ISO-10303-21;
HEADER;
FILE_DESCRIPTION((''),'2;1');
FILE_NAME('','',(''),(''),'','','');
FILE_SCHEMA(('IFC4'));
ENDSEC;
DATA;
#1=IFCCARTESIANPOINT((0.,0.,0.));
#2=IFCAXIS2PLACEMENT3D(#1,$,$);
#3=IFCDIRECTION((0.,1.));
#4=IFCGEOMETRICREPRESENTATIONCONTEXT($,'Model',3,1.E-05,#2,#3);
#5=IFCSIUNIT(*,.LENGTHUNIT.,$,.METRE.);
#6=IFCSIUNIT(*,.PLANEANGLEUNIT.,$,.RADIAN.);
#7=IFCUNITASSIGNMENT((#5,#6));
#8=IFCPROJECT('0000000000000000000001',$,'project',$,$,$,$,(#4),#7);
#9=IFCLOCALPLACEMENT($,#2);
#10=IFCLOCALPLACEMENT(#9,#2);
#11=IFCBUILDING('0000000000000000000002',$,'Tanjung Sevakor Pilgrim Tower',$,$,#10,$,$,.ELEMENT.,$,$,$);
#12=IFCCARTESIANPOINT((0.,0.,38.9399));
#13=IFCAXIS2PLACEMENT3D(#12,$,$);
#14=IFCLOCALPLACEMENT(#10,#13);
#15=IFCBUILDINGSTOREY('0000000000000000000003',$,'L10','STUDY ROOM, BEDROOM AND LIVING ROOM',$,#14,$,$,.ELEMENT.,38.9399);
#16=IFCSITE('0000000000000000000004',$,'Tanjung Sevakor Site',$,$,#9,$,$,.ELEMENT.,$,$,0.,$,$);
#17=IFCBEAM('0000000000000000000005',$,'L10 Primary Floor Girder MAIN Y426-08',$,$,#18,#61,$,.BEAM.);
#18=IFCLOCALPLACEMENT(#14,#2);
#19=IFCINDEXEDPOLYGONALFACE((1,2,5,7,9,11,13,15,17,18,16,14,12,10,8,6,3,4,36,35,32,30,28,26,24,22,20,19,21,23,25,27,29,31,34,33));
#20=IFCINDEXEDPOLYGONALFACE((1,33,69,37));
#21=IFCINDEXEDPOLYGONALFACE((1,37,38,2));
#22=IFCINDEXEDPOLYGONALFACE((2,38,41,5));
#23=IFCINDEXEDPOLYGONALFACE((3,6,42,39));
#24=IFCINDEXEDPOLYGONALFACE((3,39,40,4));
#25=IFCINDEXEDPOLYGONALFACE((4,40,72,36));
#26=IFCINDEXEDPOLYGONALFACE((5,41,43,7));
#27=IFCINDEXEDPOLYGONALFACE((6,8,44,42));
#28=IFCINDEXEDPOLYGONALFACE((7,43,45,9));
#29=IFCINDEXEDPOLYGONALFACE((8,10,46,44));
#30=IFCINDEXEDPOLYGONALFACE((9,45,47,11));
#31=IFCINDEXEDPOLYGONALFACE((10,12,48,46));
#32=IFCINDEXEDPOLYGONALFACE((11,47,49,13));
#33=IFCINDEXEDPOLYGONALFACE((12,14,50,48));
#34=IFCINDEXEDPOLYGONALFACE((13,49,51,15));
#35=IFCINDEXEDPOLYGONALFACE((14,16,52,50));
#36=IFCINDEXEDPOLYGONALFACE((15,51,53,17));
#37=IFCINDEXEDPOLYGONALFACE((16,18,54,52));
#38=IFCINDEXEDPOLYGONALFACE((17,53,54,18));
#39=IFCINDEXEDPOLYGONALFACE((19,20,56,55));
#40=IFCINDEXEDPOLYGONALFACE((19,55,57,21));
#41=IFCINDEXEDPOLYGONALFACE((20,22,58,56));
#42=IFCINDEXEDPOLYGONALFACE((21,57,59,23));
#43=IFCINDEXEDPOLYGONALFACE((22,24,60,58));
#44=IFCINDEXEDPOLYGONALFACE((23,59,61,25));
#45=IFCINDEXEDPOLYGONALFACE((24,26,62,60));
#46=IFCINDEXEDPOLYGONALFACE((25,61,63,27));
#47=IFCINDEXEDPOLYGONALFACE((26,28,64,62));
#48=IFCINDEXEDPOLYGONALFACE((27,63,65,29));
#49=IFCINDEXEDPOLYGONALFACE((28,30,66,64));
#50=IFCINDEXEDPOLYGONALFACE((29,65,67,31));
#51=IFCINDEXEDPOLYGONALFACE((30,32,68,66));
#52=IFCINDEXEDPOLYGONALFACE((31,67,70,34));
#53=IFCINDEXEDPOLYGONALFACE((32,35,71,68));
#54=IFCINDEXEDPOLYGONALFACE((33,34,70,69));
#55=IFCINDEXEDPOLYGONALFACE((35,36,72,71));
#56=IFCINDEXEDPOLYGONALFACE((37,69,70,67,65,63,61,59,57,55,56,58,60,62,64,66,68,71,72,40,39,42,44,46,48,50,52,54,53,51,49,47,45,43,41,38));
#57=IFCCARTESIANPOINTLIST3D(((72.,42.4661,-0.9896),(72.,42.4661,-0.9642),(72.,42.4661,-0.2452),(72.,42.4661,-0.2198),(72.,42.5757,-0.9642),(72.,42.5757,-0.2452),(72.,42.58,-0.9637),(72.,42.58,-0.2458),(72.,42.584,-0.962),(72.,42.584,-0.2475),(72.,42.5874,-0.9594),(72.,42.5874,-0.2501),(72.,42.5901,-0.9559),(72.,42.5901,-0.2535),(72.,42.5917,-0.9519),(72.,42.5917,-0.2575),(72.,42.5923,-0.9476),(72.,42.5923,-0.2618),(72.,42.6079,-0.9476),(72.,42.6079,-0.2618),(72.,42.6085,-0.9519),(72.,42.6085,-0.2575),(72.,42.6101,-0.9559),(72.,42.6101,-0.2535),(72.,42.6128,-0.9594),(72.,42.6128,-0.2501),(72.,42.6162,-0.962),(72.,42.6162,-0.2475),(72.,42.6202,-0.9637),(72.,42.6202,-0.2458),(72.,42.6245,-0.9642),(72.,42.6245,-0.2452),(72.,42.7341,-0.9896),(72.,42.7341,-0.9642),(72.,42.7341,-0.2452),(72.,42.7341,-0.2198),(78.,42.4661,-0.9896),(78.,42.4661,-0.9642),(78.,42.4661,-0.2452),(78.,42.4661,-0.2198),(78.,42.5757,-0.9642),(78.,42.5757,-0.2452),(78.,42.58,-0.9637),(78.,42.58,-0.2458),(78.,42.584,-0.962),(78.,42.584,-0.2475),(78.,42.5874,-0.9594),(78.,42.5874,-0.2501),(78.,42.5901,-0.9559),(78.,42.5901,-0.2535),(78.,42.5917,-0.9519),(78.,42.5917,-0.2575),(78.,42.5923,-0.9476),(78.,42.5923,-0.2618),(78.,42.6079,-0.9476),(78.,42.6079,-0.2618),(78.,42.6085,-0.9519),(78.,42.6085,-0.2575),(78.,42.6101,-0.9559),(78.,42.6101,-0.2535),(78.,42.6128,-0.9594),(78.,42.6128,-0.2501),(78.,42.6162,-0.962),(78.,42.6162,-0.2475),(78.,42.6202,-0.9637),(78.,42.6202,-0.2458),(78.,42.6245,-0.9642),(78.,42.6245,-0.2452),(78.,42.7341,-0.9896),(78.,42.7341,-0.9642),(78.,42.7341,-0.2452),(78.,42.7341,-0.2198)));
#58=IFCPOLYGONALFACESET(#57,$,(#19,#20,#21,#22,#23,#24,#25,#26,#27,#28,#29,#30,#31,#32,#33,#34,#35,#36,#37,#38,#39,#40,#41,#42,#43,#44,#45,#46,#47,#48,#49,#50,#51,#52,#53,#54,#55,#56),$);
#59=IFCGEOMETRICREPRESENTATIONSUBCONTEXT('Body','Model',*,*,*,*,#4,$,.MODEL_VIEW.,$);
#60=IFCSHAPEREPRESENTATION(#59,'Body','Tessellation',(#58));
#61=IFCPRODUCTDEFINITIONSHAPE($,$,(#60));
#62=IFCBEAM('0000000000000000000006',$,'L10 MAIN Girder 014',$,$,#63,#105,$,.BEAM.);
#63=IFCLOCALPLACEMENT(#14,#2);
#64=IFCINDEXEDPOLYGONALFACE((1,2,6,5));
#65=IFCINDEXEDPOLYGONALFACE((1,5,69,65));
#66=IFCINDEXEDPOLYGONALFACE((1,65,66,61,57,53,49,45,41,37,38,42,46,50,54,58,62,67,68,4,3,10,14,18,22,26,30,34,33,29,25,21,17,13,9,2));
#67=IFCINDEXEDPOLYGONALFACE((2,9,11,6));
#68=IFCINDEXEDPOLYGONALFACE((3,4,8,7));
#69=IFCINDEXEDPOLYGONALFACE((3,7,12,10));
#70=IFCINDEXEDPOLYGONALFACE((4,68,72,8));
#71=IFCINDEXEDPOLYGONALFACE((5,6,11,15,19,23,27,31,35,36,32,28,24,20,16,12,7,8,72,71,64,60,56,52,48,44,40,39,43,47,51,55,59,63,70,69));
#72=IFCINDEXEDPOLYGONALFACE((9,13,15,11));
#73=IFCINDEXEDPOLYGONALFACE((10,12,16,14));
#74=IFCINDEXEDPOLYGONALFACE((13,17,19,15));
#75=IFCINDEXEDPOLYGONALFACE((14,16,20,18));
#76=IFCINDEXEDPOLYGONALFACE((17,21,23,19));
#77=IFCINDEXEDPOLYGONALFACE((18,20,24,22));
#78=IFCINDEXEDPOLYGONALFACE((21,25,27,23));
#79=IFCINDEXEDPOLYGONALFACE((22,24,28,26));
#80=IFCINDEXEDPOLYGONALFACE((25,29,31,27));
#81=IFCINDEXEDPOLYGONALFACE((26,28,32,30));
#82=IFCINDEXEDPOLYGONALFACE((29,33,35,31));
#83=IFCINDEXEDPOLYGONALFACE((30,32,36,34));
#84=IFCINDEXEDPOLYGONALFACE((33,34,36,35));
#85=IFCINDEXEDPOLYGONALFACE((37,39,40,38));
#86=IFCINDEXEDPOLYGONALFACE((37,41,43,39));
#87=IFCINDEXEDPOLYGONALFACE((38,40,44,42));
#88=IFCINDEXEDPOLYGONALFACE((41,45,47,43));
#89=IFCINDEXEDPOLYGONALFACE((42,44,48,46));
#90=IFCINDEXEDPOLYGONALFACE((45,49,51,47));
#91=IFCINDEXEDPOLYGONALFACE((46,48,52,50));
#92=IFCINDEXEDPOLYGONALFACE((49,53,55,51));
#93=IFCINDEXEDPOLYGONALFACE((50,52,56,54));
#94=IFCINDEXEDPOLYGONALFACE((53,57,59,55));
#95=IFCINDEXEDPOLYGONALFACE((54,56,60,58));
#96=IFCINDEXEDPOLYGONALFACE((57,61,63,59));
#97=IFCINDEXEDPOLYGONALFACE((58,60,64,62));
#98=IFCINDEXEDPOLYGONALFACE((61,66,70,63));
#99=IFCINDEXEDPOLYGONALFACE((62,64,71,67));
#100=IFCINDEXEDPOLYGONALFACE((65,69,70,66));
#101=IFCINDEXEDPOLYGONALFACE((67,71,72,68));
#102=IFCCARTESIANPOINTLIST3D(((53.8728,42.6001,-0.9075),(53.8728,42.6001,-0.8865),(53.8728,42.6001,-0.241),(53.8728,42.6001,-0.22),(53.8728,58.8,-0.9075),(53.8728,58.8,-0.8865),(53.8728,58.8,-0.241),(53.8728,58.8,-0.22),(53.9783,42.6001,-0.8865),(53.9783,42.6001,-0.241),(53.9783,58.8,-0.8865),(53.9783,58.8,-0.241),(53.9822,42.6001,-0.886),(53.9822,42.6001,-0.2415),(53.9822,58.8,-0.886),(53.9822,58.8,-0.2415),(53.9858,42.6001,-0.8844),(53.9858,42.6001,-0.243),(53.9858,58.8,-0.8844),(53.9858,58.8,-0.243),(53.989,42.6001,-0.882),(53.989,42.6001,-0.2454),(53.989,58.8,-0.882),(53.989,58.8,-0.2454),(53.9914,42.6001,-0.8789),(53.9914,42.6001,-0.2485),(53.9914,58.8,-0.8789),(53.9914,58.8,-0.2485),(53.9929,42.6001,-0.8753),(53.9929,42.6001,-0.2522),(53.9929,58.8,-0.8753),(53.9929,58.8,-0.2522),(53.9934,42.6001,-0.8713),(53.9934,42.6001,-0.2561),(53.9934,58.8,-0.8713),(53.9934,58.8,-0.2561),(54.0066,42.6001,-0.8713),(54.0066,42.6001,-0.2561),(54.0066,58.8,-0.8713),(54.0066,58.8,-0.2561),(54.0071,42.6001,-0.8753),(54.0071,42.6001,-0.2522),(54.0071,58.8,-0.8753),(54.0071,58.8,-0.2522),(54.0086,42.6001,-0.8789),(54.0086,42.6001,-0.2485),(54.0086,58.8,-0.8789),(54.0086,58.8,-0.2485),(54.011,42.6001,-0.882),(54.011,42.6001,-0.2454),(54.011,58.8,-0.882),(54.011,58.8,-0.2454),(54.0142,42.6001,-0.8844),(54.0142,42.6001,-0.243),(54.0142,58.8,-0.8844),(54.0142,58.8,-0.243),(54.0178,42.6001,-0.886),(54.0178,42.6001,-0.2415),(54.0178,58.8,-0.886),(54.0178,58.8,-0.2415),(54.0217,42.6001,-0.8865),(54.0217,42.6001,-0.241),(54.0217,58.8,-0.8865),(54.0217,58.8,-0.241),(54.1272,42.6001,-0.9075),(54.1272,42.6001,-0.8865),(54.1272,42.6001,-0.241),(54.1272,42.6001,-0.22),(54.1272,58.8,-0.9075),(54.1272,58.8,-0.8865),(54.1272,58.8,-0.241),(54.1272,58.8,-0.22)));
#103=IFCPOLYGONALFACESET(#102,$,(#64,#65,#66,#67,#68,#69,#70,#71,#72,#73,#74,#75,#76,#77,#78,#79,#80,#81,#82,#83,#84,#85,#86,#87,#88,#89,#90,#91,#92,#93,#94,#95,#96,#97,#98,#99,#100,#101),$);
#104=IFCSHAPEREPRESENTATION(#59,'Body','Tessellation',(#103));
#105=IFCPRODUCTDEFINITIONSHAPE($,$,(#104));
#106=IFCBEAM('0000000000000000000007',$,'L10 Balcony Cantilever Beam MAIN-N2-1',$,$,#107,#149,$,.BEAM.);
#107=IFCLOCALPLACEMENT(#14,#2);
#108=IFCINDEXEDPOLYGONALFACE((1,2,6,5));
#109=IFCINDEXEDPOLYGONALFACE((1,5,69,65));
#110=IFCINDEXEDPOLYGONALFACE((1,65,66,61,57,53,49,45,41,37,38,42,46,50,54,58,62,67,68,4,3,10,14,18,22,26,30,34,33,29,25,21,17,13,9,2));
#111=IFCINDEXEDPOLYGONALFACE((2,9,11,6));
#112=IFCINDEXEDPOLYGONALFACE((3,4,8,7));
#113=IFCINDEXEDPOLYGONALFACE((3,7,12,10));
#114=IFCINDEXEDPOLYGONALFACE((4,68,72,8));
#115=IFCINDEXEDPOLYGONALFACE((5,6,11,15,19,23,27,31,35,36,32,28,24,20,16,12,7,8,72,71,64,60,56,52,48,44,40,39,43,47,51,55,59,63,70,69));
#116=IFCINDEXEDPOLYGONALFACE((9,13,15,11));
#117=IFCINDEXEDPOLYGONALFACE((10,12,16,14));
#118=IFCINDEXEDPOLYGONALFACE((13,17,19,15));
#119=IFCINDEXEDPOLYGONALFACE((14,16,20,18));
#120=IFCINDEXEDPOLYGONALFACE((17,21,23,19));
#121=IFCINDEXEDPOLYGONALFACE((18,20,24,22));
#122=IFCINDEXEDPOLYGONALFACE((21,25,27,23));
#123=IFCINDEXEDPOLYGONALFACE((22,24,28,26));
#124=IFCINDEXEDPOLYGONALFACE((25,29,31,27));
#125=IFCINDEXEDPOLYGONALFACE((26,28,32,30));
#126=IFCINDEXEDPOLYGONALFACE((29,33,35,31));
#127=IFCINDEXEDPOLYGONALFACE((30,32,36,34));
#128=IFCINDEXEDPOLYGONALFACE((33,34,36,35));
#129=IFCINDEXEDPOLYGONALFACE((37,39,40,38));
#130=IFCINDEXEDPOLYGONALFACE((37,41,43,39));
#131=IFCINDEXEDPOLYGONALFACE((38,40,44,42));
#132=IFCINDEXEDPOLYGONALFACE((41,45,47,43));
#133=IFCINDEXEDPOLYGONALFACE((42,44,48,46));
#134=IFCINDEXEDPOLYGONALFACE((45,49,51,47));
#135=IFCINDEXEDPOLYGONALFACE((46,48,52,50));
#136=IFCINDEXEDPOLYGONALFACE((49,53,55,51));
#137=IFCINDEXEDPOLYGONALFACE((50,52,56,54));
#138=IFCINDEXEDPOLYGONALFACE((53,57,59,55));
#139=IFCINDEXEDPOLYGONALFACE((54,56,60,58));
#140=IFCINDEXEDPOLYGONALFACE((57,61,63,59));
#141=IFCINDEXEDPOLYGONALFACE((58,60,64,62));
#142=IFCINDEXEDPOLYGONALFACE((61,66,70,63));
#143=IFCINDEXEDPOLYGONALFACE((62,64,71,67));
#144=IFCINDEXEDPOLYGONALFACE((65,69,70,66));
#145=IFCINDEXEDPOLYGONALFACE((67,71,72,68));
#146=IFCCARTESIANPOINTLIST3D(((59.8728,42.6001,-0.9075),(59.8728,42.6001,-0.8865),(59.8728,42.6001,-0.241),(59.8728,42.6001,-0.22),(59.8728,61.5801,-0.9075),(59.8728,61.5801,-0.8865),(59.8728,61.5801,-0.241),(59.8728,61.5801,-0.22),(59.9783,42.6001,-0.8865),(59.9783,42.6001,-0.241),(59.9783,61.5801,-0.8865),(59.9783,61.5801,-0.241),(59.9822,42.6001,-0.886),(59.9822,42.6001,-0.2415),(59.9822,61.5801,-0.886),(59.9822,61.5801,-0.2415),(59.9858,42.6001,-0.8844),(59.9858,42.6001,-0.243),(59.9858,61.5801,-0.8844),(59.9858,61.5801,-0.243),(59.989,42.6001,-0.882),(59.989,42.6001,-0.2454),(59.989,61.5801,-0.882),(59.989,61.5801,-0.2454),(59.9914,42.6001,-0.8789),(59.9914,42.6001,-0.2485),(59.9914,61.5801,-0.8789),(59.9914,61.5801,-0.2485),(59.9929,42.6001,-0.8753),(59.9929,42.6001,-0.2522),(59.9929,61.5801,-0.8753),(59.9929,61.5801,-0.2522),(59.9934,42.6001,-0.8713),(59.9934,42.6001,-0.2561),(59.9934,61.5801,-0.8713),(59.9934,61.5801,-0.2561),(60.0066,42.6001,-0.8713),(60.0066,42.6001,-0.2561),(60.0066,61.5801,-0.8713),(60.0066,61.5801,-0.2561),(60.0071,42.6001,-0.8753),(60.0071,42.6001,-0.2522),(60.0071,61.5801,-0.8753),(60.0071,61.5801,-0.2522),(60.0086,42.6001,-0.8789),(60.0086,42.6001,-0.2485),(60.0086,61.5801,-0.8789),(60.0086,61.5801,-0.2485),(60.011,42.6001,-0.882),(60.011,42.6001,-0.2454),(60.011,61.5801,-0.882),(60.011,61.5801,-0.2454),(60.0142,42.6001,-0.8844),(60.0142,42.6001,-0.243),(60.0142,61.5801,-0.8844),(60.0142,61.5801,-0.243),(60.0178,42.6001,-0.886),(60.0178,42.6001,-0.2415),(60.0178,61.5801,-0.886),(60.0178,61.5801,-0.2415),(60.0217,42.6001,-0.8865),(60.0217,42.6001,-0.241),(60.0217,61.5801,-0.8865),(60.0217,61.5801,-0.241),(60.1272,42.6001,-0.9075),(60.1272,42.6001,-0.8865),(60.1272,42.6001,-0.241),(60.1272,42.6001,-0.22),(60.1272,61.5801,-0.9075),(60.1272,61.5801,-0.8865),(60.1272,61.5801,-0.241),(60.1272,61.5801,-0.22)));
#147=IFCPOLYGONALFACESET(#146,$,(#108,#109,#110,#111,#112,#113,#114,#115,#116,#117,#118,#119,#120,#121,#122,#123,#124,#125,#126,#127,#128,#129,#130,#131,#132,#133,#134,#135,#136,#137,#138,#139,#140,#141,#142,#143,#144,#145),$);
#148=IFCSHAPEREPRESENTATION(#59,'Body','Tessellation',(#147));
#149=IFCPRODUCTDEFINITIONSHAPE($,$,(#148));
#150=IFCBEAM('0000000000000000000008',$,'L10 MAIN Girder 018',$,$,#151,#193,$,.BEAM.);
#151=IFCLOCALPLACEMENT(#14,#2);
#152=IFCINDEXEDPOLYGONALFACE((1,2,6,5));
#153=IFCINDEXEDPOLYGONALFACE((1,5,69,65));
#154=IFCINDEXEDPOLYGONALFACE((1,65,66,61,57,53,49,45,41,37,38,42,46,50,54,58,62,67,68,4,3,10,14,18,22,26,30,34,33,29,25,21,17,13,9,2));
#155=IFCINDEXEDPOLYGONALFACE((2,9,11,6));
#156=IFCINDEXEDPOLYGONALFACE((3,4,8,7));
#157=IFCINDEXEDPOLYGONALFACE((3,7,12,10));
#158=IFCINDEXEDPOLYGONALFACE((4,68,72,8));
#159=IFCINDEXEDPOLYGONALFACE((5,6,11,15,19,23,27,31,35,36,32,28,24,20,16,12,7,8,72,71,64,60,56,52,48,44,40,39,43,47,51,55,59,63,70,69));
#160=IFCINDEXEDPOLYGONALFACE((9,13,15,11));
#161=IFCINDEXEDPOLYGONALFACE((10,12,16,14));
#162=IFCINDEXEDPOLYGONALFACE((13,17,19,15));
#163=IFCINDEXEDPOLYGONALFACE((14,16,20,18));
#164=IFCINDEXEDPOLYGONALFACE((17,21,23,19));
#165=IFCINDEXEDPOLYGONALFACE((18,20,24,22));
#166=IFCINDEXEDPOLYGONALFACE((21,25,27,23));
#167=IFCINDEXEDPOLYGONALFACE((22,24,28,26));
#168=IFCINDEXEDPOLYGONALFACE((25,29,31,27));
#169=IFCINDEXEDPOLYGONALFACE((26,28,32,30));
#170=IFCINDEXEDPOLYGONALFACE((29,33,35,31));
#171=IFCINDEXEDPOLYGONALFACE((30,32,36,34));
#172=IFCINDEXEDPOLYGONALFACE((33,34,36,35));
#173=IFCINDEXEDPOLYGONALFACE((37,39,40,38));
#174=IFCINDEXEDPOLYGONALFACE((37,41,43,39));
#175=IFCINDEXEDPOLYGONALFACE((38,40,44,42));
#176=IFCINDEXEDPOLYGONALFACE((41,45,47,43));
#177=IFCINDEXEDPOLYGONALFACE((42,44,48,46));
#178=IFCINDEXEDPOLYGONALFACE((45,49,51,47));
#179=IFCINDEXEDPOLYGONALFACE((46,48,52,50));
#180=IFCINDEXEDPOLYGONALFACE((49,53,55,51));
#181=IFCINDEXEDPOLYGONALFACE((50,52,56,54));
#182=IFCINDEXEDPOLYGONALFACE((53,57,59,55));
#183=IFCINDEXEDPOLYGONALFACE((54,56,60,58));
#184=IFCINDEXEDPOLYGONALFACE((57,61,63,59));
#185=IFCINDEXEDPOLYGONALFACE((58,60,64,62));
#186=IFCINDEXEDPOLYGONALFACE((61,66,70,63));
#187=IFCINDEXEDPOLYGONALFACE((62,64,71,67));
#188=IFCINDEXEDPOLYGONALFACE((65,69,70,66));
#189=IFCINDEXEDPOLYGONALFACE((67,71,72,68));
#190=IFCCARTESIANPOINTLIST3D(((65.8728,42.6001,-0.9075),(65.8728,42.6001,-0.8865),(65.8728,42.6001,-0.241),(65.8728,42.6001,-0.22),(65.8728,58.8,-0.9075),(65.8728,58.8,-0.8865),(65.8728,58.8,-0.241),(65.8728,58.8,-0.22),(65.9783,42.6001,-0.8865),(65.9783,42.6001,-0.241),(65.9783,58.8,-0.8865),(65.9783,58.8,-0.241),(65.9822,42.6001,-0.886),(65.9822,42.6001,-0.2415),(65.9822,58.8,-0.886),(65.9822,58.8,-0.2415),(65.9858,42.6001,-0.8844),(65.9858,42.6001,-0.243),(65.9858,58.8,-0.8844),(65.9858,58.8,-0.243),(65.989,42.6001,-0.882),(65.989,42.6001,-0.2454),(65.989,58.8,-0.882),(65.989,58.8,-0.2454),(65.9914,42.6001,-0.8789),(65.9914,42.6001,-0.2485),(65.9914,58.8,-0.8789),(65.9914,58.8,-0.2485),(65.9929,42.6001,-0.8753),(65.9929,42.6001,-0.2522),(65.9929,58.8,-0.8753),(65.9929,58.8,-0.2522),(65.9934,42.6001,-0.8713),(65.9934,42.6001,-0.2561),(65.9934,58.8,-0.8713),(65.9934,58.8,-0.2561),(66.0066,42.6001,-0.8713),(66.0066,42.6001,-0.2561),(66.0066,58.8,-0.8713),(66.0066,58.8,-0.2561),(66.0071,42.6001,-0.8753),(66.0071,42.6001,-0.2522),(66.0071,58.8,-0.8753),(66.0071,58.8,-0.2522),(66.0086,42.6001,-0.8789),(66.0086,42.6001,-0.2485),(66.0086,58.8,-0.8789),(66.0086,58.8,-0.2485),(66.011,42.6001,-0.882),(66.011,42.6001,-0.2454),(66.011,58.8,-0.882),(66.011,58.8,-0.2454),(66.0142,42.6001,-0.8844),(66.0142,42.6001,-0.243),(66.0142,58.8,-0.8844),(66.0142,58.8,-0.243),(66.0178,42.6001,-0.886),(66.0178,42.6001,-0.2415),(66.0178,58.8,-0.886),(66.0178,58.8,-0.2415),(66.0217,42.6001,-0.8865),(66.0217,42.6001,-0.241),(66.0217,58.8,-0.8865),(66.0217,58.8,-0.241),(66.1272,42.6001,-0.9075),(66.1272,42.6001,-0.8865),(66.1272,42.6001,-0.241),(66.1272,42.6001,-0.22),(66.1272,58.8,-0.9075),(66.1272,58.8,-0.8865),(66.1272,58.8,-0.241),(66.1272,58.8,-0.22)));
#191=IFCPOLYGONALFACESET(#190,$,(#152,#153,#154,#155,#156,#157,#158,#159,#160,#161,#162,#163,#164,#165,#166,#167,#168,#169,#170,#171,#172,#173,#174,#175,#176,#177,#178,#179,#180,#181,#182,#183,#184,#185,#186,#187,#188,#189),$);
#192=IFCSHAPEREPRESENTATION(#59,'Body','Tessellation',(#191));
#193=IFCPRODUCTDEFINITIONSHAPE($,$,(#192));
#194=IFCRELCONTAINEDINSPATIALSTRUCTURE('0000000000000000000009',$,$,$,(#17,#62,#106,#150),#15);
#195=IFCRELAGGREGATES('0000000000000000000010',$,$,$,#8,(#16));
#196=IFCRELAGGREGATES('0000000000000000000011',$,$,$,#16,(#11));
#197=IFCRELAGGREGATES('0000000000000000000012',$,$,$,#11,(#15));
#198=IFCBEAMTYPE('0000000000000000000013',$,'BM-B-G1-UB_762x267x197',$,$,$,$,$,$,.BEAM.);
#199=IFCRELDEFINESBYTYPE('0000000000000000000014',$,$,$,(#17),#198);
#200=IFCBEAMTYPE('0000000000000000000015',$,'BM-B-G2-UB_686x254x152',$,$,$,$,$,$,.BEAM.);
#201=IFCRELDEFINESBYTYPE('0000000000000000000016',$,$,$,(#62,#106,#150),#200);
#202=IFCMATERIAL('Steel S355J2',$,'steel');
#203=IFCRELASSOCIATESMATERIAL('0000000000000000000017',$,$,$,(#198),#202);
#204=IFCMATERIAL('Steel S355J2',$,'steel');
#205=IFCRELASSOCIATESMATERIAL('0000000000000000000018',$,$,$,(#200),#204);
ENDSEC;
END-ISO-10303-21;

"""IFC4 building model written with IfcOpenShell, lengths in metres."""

from ifc_helpers import new_model, si_unit, direction, frame, origin, origin_2d, place, context, subcontext, project, spatial, i_section, extrude, material, material_profile, profile_set, type_object, element, save


model = new_model("IFC4")

# Units and contexts
model_context = context("Model", 3, precision=1e-05, world=origin(), true_north=direction((0.0, 1.0)))
body_context = subcontext(model_context, "Body", "Model", "MODEL_VIEW")
ifc_project = project(units=[si_unit("LENGTHUNIT", "METRE"), si_unit("PLANEANGLEUNIT", "RADIAN")], contexts=[model_context])

# Site, building, storey
site_placement = place(None, origin())
site = spatial("IfcSite", under=ifc_project, at=site_placement, Name="Tanjung Sevakor Site", CompositionType="ELEMENT", RefElevation=0.0)
building_placement = place(site_placement, origin())
building = spatial("IfcBuilding", under=site, at=building_placement, Name="Tanjung Sevakor Pilgrim Tower", CompositionType="ELEMENT")
storey_placement = place(building_placement, frame((0.0, 0.0, 38.9399)))
storey = spatial("IfcBuildingStorey", under=building, at=storey_placement, Name="L10", Description="STUDY ROOM, BEDROOM AND LIVING ROOM", CompositionType="ELEMENT", Elevation=38.9399)

# Beams
ifc_material_1 = material(Name="Steel S355J2", Category="steel")
ifc_material_profile_1 = material_profile(ifc_material_1, i_section(OverallWidth=0.2681, OverallDepth=0.7698, WebThickness=0.0156, FlangeThickness=0.0254, FilletRadius=0.0166, at=origin_2d()))
ifc_profile_set_1 = profile_set([ifc_material_profile_1], Name="Steel S355J2")
beam_type_1 = type_object("IfcBeamType", Name="BM-B-G1-UB_762x267x197", PredefinedType="BEAM", material=ifc_profile_set_1)
for number, where, z_axis, x_axis, name in (
    (1, (72.0, 42.6001, -0.6047), (1.0, 0.0, 0.0), (0.0, 1.0, 0.0), "L10 Primary Floor Girder MAIN Y426-08"),
):
    element("IfcBeam", number, at=place(storey_placement, frame(where, z_axis=z_axis, x_axis=x_axis)), inside=storey, type_object=beam_type_1, Name=name, PredefinedType="BEAM", context=body_context, shape_type="SweptSolid", body=[
        extrude(i_section(OverallWidth=0.2681, OverallDepth=0.7698, WebThickness=0.0156, FlangeThickness=0.0254, FilletRadius=0.0166, at=origin_2d()), origin(), (0.0, 0.0, 1.0), 6.0),
    ])
ifc_material_2 = material(Name="Steel S355J2", Category="steel")
ifc_material_profile_2 = material_profile(ifc_material_2, i_section(OverallWidth=0.2544, OverallDepth=0.6875, WebThickness=0.0132, FlangeThickness=0.021, FilletRadius=0.0151, at=origin_2d()))
ifc_profile_set_2 = profile_set([ifc_material_profile_2], Name="Steel S355J2")
beam_type_2 = type_object("IfcBeamType", Name="BM-B-G2-UB_686x254x152", PredefinedType="BEAM", material=ifc_profile_set_2)
beam_1_placement = place(storey_placement, frame((54.0, 42.6001, -0.5637), z_axis=(0.0, 1.0, 0.0), x_axis=(-1.0, 0.0, 0.0)))
element("IfcBeam", 2, at=beam_1_placement, inside=storey, type_object=beam_type_2, Name="L10 MAIN Girder 014", PredefinedType="BEAM", context=body_context, shape_type="SweptSolid", body=[
    extrude(i_section(OverallWidth=0.2544, OverallDepth=0.6875, WebThickness=0.0132, FlangeThickness=0.021, FilletRadius=0.0151, at=origin_2d()), origin(), (0.0, 0.0, 1.0), 16.2),
])
beam_2_placement = place(storey_placement, frame((60.0, 42.6001, -0.5637), z_axis=(0.0, 1.0, 0.0), x_axis=(-1.0, 0.0, 0.0)))
element("IfcBeam", 3, at=beam_2_placement, inside=storey, type_object=beam_type_2, Name="L10 Balcony Cantilever Beam MAIN-N2-1", PredefinedType="BEAM", context=body_context, shape_type="SweptSolid", body=[
    extrude(i_section(OverallWidth=0.2544, OverallDepth=0.6875, WebThickness=0.0132, FlangeThickness=0.021, FilletRadius=0.0151, at=origin_2d()), origin(), (0.0, 0.0, 1.0), 18.98),
])
beam_3_placement = place(storey_placement, frame((66.0, 42.6001, -0.5637), z_axis=(0.0, 1.0, 0.0), x_axis=(-1.0, 0.0, 0.0)))
element("IfcBeam", 4, at=beam_3_placement, inside=storey, type_object=beam_type_2, Name="L10 MAIN Girder 018", PredefinedType="BEAM", context=body_context, shape_type="SweptSolid", body=[
    extrude(i_section(OverallWidth=0.2544, OverallDepth=0.6875, WebThickness=0.0132, FlangeThickness=0.021, FilletRadius=0.0151, at=origin_2d()), origin(), (0.0, 0.0, 1.0), 16.2),
])

save(model, "model.ifc")
